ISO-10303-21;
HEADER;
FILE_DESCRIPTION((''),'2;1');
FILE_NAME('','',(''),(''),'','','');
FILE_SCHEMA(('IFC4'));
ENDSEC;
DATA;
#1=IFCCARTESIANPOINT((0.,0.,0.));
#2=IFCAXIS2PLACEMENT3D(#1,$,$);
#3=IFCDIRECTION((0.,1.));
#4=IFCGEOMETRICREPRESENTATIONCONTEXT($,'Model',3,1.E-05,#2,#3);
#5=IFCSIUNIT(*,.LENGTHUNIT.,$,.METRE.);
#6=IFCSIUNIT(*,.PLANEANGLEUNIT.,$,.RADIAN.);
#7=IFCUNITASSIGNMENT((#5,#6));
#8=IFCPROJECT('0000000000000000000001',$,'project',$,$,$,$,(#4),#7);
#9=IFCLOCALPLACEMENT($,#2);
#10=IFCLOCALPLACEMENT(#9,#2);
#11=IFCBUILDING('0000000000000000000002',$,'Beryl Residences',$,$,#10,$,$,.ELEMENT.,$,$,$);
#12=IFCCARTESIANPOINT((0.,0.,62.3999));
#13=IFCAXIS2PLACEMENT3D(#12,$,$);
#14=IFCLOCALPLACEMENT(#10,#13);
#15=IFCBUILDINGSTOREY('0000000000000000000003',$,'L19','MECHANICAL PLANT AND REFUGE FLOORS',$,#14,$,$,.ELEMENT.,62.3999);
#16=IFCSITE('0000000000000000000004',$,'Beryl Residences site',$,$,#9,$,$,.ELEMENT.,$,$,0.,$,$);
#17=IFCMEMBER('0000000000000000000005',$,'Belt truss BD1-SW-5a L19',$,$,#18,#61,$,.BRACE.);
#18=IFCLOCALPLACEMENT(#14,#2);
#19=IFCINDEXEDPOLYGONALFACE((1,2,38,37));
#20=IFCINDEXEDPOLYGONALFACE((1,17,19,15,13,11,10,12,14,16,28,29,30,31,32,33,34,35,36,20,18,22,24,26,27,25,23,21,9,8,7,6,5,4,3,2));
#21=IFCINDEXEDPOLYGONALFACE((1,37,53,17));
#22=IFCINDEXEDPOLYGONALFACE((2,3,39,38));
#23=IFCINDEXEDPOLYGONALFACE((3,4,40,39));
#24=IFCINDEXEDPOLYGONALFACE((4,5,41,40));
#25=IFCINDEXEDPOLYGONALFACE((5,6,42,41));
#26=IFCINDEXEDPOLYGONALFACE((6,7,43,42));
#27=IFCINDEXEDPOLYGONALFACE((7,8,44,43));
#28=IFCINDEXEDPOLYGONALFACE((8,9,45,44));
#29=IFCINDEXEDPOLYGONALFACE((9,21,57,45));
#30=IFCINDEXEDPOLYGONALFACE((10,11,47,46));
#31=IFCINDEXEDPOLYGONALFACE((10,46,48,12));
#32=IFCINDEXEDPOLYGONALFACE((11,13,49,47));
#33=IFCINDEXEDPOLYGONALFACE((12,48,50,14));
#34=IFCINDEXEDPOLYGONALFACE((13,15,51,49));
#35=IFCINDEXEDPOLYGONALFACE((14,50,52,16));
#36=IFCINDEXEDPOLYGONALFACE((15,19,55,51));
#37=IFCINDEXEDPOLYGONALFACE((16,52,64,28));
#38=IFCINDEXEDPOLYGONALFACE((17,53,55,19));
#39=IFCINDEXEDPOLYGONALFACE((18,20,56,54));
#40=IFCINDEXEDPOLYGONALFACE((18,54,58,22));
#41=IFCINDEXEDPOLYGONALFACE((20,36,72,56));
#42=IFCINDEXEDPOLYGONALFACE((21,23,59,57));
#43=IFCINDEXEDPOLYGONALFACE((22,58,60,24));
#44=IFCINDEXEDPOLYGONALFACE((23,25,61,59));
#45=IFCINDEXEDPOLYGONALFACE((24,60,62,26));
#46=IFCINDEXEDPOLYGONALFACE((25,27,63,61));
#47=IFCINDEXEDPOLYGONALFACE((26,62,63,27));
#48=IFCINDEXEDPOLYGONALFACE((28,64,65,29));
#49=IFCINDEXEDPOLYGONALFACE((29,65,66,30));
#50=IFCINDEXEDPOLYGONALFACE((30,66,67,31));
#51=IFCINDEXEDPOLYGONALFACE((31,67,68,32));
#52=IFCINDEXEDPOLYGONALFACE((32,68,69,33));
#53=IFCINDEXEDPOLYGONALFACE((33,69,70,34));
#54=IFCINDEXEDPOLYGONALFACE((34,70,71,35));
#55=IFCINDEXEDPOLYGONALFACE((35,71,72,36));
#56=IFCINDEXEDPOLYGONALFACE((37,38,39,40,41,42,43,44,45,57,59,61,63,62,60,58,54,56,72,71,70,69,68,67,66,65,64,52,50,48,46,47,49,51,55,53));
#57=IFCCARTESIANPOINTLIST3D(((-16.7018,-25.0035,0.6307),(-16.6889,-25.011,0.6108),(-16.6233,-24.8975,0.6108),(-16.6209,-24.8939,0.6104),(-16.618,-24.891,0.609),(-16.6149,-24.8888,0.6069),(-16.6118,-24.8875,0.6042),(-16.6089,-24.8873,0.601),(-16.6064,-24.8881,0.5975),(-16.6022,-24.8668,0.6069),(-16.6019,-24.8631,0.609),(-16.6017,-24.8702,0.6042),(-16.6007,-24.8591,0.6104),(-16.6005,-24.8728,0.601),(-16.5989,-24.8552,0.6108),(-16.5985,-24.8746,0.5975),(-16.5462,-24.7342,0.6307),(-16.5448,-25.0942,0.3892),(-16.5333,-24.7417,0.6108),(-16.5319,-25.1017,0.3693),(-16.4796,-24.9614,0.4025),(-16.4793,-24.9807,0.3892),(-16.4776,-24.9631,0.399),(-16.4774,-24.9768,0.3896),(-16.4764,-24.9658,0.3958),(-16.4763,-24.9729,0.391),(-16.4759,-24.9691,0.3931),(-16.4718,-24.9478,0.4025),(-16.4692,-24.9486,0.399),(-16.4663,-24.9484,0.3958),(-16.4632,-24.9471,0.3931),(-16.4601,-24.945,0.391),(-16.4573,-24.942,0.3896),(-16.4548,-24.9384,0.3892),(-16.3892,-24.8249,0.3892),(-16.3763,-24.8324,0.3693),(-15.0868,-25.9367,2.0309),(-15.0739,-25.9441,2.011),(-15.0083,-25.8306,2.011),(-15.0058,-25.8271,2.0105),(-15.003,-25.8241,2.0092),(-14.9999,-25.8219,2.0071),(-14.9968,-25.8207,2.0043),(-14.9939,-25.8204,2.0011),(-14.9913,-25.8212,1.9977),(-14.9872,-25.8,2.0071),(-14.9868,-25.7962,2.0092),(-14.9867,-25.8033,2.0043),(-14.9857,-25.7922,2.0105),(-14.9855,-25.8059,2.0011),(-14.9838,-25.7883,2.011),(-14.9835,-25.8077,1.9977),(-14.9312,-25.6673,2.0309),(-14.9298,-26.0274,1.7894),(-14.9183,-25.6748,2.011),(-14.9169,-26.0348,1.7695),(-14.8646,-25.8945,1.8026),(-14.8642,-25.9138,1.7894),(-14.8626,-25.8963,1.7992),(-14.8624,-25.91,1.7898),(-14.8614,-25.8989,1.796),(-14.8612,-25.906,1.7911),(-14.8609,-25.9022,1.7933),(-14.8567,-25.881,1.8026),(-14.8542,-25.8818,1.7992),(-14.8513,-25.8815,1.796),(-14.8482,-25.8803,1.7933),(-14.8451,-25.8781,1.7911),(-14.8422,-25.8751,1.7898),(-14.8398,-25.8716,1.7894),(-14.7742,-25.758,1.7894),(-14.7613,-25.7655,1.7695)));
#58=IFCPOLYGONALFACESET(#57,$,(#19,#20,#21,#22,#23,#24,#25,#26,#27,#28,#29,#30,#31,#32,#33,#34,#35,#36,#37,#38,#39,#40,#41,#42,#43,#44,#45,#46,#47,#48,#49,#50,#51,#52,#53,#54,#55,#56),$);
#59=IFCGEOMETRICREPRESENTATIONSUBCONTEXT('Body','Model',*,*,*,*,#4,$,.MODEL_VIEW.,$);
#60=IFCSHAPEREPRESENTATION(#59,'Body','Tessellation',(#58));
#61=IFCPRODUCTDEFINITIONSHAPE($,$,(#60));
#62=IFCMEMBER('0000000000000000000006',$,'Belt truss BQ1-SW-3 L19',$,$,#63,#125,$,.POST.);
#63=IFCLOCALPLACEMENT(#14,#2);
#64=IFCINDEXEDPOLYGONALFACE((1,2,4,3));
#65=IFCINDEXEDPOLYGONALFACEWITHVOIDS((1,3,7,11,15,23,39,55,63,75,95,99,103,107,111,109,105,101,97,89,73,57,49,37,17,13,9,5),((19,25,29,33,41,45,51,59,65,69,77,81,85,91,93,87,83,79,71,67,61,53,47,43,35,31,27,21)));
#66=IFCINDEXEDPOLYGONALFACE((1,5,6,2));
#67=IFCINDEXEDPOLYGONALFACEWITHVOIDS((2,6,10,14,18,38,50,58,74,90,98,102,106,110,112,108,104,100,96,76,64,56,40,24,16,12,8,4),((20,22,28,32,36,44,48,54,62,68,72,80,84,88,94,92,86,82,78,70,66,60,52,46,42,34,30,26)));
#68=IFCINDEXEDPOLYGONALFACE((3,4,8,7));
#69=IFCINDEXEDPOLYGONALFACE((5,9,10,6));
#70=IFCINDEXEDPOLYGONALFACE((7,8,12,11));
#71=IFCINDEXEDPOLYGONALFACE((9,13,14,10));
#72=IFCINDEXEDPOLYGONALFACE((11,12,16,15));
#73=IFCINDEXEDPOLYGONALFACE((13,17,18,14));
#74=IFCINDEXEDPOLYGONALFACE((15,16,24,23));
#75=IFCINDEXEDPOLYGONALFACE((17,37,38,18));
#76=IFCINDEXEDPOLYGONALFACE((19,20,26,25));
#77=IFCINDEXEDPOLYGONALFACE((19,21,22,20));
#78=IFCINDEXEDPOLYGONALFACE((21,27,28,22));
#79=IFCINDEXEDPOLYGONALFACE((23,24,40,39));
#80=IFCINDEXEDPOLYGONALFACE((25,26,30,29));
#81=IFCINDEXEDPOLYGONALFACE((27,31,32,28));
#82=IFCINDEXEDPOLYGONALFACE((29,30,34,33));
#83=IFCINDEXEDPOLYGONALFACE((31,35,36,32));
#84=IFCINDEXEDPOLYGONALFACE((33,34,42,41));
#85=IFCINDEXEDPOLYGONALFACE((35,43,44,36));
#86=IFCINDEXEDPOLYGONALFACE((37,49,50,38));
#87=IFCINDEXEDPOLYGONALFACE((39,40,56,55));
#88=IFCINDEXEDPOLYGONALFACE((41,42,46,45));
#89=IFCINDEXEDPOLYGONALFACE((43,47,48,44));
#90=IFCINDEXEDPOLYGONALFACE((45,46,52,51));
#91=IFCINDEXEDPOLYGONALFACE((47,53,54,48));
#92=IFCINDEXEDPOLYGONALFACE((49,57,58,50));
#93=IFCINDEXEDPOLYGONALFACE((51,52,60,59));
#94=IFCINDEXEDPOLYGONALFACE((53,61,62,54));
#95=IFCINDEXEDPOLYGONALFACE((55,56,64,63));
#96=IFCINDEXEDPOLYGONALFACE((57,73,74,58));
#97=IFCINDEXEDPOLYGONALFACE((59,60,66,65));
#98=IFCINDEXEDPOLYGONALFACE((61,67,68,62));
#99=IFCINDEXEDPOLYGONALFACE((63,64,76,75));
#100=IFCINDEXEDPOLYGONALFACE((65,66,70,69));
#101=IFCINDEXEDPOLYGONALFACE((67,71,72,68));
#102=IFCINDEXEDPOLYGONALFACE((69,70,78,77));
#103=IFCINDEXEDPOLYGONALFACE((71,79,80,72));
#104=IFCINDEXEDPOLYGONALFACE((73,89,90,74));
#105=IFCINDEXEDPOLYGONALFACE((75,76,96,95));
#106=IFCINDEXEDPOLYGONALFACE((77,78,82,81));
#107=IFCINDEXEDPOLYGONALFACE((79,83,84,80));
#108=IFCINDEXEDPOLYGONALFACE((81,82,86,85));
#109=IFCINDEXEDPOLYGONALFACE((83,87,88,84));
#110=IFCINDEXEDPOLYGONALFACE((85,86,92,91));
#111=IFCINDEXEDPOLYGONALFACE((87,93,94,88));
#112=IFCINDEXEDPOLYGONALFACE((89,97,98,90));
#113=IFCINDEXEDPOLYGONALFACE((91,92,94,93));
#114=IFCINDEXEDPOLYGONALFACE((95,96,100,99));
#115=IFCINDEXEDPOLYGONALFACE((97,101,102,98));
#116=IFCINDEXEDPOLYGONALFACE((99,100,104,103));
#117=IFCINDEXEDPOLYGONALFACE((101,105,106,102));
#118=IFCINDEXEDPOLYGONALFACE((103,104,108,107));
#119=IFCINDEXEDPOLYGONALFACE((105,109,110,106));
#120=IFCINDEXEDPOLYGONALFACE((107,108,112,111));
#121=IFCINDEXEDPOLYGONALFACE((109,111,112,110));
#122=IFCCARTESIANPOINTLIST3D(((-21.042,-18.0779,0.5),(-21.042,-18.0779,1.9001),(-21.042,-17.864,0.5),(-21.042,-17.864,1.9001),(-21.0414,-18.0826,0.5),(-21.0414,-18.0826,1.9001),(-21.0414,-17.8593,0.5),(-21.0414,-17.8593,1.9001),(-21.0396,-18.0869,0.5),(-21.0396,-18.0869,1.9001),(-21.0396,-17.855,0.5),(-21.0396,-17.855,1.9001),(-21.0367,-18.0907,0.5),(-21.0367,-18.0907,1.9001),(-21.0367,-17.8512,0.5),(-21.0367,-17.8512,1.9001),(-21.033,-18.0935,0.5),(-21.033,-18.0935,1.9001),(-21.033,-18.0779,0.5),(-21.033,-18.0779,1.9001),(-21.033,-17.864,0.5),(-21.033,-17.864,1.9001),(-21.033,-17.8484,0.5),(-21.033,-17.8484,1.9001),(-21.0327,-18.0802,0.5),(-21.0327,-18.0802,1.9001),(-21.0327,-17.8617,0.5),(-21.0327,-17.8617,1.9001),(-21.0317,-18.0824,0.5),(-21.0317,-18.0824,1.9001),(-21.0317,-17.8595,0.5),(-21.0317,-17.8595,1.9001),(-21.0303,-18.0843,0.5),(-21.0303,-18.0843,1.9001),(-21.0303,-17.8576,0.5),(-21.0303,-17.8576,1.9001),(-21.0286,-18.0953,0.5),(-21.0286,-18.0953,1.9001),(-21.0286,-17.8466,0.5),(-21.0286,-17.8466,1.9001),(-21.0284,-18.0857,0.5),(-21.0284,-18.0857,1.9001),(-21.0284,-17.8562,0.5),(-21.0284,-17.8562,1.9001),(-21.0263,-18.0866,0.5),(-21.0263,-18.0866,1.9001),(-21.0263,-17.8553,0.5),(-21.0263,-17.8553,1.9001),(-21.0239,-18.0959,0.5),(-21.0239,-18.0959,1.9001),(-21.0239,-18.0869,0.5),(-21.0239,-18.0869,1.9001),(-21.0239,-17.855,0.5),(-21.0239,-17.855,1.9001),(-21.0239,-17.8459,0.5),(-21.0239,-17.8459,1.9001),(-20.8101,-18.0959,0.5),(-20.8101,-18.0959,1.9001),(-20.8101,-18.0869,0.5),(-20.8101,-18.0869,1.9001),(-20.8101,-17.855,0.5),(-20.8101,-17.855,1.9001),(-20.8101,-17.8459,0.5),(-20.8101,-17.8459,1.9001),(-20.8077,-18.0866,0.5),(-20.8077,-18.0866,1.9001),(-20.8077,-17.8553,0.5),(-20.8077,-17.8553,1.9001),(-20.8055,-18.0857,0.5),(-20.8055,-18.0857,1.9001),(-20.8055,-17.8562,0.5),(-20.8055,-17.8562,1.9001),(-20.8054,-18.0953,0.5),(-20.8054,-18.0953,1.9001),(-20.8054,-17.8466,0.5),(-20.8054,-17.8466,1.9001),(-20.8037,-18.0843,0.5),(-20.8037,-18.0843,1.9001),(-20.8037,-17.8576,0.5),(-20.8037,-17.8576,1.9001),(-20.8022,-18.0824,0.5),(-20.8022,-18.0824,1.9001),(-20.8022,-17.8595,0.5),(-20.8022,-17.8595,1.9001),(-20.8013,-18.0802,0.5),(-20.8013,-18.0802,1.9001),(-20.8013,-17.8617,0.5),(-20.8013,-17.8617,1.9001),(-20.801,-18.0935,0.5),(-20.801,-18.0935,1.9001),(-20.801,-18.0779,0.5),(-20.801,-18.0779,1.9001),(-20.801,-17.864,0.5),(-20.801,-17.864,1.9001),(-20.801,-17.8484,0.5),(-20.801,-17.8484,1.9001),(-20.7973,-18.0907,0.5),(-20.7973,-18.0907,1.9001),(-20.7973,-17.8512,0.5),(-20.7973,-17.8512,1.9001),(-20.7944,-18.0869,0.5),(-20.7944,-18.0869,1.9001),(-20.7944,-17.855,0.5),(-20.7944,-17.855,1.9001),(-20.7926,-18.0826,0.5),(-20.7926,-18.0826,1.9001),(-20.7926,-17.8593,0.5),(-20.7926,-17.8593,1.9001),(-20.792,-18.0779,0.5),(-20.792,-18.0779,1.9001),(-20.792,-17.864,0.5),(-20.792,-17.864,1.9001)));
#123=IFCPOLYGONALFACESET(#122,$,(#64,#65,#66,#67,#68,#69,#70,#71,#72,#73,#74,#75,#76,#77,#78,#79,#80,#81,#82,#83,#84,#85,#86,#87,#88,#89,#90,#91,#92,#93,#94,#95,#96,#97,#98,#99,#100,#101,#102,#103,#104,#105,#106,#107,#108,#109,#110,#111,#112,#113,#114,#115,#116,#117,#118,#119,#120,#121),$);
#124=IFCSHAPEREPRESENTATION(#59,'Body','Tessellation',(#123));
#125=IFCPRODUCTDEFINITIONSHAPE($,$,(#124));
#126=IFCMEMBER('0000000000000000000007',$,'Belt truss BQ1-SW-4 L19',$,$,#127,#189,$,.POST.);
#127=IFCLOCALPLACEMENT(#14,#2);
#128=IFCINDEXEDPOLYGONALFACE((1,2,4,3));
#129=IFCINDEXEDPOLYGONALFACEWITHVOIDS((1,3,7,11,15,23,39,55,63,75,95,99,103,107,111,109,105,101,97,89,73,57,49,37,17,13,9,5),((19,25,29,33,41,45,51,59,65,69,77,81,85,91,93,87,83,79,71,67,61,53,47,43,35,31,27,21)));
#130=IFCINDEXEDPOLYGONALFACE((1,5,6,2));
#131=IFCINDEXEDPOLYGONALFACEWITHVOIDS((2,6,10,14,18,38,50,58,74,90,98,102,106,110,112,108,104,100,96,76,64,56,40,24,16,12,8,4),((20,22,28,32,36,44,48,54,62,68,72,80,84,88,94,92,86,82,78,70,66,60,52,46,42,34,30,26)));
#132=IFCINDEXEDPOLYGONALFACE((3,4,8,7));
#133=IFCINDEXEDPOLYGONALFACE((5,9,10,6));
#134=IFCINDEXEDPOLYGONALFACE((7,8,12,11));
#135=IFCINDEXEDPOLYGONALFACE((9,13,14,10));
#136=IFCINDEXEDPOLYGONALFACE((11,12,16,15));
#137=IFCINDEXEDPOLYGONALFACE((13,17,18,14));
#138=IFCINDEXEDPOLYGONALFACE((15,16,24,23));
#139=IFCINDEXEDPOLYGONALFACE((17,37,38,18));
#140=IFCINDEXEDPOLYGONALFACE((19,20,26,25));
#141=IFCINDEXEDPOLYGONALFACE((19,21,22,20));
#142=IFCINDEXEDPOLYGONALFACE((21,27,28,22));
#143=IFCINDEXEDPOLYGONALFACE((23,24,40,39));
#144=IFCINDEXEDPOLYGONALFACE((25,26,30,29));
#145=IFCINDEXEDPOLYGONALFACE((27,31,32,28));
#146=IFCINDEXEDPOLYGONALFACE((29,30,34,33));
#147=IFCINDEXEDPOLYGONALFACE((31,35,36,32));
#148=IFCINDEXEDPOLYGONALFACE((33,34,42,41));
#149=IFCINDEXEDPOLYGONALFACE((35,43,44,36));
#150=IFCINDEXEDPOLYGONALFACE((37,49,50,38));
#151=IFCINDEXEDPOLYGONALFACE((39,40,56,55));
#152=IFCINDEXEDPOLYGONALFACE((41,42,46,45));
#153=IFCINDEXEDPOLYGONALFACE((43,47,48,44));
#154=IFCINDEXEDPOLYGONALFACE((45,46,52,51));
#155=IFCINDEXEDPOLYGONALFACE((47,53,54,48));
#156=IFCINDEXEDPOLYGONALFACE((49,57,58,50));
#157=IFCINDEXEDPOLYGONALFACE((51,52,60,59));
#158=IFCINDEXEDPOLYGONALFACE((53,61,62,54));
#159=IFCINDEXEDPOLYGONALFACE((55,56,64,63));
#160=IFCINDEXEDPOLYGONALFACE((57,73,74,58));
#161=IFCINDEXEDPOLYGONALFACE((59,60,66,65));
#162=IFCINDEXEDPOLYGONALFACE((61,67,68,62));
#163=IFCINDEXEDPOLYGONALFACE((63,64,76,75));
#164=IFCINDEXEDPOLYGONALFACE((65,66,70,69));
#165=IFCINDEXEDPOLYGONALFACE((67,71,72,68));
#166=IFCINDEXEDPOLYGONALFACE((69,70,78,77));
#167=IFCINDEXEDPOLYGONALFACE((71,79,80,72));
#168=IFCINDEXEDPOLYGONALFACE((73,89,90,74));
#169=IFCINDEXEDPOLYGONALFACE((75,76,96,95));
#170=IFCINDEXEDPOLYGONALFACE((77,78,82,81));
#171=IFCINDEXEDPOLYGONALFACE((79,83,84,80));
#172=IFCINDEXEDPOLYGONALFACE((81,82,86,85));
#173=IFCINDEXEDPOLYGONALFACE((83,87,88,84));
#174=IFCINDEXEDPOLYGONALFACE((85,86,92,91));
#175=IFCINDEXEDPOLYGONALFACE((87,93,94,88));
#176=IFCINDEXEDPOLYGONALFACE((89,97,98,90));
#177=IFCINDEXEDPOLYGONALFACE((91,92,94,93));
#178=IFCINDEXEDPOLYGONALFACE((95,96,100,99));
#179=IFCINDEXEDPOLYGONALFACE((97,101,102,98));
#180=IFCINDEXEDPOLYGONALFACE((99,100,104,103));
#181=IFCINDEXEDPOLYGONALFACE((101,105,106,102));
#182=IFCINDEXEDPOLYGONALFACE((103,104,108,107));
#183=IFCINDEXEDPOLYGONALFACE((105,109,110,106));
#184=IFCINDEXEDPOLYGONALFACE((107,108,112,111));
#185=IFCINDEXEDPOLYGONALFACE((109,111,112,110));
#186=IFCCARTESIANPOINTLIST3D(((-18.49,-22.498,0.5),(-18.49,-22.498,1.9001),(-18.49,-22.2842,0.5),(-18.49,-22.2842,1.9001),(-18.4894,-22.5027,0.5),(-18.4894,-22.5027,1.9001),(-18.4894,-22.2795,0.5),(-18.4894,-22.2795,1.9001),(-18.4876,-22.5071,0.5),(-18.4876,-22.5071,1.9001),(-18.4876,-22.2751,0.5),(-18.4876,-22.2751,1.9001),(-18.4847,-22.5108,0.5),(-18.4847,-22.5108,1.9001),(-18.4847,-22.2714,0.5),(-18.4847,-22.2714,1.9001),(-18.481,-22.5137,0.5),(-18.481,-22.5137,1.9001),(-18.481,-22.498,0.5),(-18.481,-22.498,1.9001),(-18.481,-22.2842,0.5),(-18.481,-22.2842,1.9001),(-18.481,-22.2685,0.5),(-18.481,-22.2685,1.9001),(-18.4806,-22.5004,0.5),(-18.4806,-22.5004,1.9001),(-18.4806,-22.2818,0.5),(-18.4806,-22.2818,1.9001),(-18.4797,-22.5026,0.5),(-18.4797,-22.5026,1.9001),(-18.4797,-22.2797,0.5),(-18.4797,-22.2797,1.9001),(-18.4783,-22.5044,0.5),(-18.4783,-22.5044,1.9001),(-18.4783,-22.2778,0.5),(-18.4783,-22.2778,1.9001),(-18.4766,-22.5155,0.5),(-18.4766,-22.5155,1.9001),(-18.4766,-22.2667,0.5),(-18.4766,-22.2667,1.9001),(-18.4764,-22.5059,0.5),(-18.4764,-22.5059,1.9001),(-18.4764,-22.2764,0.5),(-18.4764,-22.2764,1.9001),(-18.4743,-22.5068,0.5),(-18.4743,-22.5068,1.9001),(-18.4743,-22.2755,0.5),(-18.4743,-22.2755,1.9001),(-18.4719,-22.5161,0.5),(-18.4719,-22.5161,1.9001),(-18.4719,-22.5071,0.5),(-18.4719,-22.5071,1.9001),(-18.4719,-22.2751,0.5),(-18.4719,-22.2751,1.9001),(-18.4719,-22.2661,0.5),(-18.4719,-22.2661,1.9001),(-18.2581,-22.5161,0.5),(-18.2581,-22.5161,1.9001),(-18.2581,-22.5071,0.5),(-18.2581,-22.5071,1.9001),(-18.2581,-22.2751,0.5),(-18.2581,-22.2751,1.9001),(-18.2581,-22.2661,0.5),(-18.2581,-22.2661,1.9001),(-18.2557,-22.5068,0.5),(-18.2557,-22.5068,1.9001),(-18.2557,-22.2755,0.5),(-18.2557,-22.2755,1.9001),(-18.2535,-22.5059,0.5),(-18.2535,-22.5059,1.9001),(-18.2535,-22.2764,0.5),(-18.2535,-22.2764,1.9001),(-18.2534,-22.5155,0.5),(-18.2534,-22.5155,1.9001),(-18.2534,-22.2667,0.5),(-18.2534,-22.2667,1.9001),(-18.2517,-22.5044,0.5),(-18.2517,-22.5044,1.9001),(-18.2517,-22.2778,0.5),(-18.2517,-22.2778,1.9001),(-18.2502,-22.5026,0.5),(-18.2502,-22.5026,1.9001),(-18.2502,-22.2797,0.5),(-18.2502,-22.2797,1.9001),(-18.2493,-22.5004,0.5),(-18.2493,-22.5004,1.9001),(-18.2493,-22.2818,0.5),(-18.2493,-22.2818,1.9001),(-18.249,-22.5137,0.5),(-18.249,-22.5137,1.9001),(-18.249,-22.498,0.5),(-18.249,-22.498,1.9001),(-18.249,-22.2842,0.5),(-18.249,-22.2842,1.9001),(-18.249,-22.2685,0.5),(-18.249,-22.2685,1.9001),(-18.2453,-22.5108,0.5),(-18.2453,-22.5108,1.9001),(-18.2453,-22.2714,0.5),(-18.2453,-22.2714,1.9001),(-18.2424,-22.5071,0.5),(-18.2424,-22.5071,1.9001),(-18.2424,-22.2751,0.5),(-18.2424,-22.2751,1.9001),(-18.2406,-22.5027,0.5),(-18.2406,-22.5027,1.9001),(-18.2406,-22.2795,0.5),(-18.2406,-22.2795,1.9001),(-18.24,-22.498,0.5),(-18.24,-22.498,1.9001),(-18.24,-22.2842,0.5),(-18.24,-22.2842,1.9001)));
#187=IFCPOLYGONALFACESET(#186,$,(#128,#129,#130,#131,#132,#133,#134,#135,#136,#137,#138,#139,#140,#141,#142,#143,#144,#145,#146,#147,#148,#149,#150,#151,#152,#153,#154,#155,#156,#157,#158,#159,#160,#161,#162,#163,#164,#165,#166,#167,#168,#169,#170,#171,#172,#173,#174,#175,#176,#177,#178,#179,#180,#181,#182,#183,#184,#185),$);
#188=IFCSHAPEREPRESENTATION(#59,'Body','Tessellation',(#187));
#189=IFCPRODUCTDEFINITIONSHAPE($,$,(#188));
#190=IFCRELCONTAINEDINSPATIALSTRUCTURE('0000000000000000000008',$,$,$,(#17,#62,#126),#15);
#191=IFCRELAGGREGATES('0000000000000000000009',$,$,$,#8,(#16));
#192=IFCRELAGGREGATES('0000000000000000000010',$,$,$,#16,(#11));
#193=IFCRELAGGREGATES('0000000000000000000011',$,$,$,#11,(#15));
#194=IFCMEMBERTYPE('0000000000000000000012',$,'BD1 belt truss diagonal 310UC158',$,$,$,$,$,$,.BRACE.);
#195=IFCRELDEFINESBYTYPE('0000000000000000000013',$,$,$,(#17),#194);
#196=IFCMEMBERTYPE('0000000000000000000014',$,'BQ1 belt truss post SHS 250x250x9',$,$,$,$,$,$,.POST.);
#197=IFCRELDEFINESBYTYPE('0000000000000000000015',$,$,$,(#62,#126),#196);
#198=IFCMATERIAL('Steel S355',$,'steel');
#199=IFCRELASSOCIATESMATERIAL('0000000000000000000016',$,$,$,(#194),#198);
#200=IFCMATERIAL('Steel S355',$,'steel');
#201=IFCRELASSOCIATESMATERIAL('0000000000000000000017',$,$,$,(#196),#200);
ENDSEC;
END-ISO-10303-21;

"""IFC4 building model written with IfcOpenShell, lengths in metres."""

from ifc_helpers import new_model, si_unit, direction, frame, origin, origin_2d, place, context, subcontext, project, spatial, hollow_rectangle, i_section, extrude, material, material_profile, profile_set, type_object, element, save


model = new_model("IFC4")

# Units and contexts
model_context = context("Model", 3, precision=1e-05, world=origin(), true_north=direction((0.0, 1.0)))
body_context = subcontext(model_context, "Body", "Model", "MODEL_VIEW")
ifc_project = project(units=[si_unit("LENGTHUNIT", "METRE"), si_unit("PLANEANGLEUNIT", "RADIAN")], contexts=[model_context])

# Site, building, storey
site_placement = place(None, origin())
site = spatial("IfcSite", under=ifc_project, at=site_placement, Name="Beryl Residences site", CompositionType="ELEMENT", RefElevation=0.0)
building_placement = place(site_placement, origin())
building = spatial("IfcBuilding", under=site, at=building_placement, Name="Beryl Residences", CompositionType="ELEMENT")
storey_placement = place(building_placement, frame((0.0, 0.0, 62.3999)))
storey = spatial("IfcBuildingStorey", under=building, at=storey_placement, Name="L19", Description="MECHANICAL PLANT AND REFUGE FLOORS", CompositionType="ELEMENT", Elevation=62.3999)

# Members
ifc_material_1 = material(Name="Steel S355", Category="steel")
ifc_material_profile_1 = material_profile(ifc_material_1, i_section(OverallWidth=0.311, OverallDepth=0.3269, WebThickness=0.0156, FlangeThickness=0.0249, FilletRadius=0.0166, at=origin_2d()))
ifc_profile_set_1 = profile_set([ifc_material_profile_1], Name="Steel S355")
member_type_1 = type_object("IfcMemberType", Name="BD1 belt truss diagonal 310UC158", PredefinedType="BRACE", material=ifc_profile_set_1)
member_1_placement = place(storey_placement, frame((-16.5391, -24.918, 0.5), z_axis=(0.692467, -0.400092, 0.600347), x_axis=(0.500278, 0.865865, 0.0)))
element("IfcMember", 1, at=member_1_placement, inside=storey, type_object=member_type_1, Name="Belt truss BD1-SW-5a L19", PredefinedType="BRACE", context=body_context, shape_type="SweptSolid", body=[
    extrude(i_section(OverallWidth=0.311, OverallDepth=0.3269, WebThickness=0.0156, FlangeThickness=0.0249, FilletRadius=0.0166, at=origin_2d()), origin(), (0.0, 0.0, 1.0), 2.3323),
])
ifc_material_2 = material(Name="Steel S355", Category="steel")
ifc_material_profile_2 = material_profile(ifc_material_2, hollow_rectangle(XDim=0.25, YDim=0.25, WallThickness=0.009, InnerFilletRadius=0.009, OuterFilletRadius=0.0181, at=origin_2d()))
ifc_profile_set_2 = profile_set([ifc_material_profile_2], Name="Steel S355")
member_type_2 = type_object("IfcMemberType", Name="BQ1 belt truss post SHS 250x250x9", PredefinedType="POST", material=ifc_profile_set_2)
for number, where, z_axis, x_axis, name in (
    (2, (-20.917, -17.9709, 0.5), (0.0, 0.0, 1.0), (1.0, 0.0, 0.0), "Belt truss BQ1-SW-3 L19"),
    (3, (-18.365, -22.3911, 0.5), (0.0, 0.0, 1.0), (1.0, 0.0, 0.0), "Belt truss BQ1-SW-4 L19"),
):
    element("IfcMember", number, at=place(storey_placement, frame(where, z_axis=z_axis, x_axis=x_axis)), inside=storey, type_object=member_type_2, Name=name, PredefinedType="POST", context=body_context, shape_type="SweptSolid", body=[
        extrude(hollow_rectangle(XDim=0.25, YDim=0.25, WallThickness=0.009, InnerFilletRadius=0.009, OuterFilletRadius=0.0181, at=origin_2d()), origin(), (0.0, 0.0, 1.0), 1.4001),
    ])

save(model, "model.ifc")
